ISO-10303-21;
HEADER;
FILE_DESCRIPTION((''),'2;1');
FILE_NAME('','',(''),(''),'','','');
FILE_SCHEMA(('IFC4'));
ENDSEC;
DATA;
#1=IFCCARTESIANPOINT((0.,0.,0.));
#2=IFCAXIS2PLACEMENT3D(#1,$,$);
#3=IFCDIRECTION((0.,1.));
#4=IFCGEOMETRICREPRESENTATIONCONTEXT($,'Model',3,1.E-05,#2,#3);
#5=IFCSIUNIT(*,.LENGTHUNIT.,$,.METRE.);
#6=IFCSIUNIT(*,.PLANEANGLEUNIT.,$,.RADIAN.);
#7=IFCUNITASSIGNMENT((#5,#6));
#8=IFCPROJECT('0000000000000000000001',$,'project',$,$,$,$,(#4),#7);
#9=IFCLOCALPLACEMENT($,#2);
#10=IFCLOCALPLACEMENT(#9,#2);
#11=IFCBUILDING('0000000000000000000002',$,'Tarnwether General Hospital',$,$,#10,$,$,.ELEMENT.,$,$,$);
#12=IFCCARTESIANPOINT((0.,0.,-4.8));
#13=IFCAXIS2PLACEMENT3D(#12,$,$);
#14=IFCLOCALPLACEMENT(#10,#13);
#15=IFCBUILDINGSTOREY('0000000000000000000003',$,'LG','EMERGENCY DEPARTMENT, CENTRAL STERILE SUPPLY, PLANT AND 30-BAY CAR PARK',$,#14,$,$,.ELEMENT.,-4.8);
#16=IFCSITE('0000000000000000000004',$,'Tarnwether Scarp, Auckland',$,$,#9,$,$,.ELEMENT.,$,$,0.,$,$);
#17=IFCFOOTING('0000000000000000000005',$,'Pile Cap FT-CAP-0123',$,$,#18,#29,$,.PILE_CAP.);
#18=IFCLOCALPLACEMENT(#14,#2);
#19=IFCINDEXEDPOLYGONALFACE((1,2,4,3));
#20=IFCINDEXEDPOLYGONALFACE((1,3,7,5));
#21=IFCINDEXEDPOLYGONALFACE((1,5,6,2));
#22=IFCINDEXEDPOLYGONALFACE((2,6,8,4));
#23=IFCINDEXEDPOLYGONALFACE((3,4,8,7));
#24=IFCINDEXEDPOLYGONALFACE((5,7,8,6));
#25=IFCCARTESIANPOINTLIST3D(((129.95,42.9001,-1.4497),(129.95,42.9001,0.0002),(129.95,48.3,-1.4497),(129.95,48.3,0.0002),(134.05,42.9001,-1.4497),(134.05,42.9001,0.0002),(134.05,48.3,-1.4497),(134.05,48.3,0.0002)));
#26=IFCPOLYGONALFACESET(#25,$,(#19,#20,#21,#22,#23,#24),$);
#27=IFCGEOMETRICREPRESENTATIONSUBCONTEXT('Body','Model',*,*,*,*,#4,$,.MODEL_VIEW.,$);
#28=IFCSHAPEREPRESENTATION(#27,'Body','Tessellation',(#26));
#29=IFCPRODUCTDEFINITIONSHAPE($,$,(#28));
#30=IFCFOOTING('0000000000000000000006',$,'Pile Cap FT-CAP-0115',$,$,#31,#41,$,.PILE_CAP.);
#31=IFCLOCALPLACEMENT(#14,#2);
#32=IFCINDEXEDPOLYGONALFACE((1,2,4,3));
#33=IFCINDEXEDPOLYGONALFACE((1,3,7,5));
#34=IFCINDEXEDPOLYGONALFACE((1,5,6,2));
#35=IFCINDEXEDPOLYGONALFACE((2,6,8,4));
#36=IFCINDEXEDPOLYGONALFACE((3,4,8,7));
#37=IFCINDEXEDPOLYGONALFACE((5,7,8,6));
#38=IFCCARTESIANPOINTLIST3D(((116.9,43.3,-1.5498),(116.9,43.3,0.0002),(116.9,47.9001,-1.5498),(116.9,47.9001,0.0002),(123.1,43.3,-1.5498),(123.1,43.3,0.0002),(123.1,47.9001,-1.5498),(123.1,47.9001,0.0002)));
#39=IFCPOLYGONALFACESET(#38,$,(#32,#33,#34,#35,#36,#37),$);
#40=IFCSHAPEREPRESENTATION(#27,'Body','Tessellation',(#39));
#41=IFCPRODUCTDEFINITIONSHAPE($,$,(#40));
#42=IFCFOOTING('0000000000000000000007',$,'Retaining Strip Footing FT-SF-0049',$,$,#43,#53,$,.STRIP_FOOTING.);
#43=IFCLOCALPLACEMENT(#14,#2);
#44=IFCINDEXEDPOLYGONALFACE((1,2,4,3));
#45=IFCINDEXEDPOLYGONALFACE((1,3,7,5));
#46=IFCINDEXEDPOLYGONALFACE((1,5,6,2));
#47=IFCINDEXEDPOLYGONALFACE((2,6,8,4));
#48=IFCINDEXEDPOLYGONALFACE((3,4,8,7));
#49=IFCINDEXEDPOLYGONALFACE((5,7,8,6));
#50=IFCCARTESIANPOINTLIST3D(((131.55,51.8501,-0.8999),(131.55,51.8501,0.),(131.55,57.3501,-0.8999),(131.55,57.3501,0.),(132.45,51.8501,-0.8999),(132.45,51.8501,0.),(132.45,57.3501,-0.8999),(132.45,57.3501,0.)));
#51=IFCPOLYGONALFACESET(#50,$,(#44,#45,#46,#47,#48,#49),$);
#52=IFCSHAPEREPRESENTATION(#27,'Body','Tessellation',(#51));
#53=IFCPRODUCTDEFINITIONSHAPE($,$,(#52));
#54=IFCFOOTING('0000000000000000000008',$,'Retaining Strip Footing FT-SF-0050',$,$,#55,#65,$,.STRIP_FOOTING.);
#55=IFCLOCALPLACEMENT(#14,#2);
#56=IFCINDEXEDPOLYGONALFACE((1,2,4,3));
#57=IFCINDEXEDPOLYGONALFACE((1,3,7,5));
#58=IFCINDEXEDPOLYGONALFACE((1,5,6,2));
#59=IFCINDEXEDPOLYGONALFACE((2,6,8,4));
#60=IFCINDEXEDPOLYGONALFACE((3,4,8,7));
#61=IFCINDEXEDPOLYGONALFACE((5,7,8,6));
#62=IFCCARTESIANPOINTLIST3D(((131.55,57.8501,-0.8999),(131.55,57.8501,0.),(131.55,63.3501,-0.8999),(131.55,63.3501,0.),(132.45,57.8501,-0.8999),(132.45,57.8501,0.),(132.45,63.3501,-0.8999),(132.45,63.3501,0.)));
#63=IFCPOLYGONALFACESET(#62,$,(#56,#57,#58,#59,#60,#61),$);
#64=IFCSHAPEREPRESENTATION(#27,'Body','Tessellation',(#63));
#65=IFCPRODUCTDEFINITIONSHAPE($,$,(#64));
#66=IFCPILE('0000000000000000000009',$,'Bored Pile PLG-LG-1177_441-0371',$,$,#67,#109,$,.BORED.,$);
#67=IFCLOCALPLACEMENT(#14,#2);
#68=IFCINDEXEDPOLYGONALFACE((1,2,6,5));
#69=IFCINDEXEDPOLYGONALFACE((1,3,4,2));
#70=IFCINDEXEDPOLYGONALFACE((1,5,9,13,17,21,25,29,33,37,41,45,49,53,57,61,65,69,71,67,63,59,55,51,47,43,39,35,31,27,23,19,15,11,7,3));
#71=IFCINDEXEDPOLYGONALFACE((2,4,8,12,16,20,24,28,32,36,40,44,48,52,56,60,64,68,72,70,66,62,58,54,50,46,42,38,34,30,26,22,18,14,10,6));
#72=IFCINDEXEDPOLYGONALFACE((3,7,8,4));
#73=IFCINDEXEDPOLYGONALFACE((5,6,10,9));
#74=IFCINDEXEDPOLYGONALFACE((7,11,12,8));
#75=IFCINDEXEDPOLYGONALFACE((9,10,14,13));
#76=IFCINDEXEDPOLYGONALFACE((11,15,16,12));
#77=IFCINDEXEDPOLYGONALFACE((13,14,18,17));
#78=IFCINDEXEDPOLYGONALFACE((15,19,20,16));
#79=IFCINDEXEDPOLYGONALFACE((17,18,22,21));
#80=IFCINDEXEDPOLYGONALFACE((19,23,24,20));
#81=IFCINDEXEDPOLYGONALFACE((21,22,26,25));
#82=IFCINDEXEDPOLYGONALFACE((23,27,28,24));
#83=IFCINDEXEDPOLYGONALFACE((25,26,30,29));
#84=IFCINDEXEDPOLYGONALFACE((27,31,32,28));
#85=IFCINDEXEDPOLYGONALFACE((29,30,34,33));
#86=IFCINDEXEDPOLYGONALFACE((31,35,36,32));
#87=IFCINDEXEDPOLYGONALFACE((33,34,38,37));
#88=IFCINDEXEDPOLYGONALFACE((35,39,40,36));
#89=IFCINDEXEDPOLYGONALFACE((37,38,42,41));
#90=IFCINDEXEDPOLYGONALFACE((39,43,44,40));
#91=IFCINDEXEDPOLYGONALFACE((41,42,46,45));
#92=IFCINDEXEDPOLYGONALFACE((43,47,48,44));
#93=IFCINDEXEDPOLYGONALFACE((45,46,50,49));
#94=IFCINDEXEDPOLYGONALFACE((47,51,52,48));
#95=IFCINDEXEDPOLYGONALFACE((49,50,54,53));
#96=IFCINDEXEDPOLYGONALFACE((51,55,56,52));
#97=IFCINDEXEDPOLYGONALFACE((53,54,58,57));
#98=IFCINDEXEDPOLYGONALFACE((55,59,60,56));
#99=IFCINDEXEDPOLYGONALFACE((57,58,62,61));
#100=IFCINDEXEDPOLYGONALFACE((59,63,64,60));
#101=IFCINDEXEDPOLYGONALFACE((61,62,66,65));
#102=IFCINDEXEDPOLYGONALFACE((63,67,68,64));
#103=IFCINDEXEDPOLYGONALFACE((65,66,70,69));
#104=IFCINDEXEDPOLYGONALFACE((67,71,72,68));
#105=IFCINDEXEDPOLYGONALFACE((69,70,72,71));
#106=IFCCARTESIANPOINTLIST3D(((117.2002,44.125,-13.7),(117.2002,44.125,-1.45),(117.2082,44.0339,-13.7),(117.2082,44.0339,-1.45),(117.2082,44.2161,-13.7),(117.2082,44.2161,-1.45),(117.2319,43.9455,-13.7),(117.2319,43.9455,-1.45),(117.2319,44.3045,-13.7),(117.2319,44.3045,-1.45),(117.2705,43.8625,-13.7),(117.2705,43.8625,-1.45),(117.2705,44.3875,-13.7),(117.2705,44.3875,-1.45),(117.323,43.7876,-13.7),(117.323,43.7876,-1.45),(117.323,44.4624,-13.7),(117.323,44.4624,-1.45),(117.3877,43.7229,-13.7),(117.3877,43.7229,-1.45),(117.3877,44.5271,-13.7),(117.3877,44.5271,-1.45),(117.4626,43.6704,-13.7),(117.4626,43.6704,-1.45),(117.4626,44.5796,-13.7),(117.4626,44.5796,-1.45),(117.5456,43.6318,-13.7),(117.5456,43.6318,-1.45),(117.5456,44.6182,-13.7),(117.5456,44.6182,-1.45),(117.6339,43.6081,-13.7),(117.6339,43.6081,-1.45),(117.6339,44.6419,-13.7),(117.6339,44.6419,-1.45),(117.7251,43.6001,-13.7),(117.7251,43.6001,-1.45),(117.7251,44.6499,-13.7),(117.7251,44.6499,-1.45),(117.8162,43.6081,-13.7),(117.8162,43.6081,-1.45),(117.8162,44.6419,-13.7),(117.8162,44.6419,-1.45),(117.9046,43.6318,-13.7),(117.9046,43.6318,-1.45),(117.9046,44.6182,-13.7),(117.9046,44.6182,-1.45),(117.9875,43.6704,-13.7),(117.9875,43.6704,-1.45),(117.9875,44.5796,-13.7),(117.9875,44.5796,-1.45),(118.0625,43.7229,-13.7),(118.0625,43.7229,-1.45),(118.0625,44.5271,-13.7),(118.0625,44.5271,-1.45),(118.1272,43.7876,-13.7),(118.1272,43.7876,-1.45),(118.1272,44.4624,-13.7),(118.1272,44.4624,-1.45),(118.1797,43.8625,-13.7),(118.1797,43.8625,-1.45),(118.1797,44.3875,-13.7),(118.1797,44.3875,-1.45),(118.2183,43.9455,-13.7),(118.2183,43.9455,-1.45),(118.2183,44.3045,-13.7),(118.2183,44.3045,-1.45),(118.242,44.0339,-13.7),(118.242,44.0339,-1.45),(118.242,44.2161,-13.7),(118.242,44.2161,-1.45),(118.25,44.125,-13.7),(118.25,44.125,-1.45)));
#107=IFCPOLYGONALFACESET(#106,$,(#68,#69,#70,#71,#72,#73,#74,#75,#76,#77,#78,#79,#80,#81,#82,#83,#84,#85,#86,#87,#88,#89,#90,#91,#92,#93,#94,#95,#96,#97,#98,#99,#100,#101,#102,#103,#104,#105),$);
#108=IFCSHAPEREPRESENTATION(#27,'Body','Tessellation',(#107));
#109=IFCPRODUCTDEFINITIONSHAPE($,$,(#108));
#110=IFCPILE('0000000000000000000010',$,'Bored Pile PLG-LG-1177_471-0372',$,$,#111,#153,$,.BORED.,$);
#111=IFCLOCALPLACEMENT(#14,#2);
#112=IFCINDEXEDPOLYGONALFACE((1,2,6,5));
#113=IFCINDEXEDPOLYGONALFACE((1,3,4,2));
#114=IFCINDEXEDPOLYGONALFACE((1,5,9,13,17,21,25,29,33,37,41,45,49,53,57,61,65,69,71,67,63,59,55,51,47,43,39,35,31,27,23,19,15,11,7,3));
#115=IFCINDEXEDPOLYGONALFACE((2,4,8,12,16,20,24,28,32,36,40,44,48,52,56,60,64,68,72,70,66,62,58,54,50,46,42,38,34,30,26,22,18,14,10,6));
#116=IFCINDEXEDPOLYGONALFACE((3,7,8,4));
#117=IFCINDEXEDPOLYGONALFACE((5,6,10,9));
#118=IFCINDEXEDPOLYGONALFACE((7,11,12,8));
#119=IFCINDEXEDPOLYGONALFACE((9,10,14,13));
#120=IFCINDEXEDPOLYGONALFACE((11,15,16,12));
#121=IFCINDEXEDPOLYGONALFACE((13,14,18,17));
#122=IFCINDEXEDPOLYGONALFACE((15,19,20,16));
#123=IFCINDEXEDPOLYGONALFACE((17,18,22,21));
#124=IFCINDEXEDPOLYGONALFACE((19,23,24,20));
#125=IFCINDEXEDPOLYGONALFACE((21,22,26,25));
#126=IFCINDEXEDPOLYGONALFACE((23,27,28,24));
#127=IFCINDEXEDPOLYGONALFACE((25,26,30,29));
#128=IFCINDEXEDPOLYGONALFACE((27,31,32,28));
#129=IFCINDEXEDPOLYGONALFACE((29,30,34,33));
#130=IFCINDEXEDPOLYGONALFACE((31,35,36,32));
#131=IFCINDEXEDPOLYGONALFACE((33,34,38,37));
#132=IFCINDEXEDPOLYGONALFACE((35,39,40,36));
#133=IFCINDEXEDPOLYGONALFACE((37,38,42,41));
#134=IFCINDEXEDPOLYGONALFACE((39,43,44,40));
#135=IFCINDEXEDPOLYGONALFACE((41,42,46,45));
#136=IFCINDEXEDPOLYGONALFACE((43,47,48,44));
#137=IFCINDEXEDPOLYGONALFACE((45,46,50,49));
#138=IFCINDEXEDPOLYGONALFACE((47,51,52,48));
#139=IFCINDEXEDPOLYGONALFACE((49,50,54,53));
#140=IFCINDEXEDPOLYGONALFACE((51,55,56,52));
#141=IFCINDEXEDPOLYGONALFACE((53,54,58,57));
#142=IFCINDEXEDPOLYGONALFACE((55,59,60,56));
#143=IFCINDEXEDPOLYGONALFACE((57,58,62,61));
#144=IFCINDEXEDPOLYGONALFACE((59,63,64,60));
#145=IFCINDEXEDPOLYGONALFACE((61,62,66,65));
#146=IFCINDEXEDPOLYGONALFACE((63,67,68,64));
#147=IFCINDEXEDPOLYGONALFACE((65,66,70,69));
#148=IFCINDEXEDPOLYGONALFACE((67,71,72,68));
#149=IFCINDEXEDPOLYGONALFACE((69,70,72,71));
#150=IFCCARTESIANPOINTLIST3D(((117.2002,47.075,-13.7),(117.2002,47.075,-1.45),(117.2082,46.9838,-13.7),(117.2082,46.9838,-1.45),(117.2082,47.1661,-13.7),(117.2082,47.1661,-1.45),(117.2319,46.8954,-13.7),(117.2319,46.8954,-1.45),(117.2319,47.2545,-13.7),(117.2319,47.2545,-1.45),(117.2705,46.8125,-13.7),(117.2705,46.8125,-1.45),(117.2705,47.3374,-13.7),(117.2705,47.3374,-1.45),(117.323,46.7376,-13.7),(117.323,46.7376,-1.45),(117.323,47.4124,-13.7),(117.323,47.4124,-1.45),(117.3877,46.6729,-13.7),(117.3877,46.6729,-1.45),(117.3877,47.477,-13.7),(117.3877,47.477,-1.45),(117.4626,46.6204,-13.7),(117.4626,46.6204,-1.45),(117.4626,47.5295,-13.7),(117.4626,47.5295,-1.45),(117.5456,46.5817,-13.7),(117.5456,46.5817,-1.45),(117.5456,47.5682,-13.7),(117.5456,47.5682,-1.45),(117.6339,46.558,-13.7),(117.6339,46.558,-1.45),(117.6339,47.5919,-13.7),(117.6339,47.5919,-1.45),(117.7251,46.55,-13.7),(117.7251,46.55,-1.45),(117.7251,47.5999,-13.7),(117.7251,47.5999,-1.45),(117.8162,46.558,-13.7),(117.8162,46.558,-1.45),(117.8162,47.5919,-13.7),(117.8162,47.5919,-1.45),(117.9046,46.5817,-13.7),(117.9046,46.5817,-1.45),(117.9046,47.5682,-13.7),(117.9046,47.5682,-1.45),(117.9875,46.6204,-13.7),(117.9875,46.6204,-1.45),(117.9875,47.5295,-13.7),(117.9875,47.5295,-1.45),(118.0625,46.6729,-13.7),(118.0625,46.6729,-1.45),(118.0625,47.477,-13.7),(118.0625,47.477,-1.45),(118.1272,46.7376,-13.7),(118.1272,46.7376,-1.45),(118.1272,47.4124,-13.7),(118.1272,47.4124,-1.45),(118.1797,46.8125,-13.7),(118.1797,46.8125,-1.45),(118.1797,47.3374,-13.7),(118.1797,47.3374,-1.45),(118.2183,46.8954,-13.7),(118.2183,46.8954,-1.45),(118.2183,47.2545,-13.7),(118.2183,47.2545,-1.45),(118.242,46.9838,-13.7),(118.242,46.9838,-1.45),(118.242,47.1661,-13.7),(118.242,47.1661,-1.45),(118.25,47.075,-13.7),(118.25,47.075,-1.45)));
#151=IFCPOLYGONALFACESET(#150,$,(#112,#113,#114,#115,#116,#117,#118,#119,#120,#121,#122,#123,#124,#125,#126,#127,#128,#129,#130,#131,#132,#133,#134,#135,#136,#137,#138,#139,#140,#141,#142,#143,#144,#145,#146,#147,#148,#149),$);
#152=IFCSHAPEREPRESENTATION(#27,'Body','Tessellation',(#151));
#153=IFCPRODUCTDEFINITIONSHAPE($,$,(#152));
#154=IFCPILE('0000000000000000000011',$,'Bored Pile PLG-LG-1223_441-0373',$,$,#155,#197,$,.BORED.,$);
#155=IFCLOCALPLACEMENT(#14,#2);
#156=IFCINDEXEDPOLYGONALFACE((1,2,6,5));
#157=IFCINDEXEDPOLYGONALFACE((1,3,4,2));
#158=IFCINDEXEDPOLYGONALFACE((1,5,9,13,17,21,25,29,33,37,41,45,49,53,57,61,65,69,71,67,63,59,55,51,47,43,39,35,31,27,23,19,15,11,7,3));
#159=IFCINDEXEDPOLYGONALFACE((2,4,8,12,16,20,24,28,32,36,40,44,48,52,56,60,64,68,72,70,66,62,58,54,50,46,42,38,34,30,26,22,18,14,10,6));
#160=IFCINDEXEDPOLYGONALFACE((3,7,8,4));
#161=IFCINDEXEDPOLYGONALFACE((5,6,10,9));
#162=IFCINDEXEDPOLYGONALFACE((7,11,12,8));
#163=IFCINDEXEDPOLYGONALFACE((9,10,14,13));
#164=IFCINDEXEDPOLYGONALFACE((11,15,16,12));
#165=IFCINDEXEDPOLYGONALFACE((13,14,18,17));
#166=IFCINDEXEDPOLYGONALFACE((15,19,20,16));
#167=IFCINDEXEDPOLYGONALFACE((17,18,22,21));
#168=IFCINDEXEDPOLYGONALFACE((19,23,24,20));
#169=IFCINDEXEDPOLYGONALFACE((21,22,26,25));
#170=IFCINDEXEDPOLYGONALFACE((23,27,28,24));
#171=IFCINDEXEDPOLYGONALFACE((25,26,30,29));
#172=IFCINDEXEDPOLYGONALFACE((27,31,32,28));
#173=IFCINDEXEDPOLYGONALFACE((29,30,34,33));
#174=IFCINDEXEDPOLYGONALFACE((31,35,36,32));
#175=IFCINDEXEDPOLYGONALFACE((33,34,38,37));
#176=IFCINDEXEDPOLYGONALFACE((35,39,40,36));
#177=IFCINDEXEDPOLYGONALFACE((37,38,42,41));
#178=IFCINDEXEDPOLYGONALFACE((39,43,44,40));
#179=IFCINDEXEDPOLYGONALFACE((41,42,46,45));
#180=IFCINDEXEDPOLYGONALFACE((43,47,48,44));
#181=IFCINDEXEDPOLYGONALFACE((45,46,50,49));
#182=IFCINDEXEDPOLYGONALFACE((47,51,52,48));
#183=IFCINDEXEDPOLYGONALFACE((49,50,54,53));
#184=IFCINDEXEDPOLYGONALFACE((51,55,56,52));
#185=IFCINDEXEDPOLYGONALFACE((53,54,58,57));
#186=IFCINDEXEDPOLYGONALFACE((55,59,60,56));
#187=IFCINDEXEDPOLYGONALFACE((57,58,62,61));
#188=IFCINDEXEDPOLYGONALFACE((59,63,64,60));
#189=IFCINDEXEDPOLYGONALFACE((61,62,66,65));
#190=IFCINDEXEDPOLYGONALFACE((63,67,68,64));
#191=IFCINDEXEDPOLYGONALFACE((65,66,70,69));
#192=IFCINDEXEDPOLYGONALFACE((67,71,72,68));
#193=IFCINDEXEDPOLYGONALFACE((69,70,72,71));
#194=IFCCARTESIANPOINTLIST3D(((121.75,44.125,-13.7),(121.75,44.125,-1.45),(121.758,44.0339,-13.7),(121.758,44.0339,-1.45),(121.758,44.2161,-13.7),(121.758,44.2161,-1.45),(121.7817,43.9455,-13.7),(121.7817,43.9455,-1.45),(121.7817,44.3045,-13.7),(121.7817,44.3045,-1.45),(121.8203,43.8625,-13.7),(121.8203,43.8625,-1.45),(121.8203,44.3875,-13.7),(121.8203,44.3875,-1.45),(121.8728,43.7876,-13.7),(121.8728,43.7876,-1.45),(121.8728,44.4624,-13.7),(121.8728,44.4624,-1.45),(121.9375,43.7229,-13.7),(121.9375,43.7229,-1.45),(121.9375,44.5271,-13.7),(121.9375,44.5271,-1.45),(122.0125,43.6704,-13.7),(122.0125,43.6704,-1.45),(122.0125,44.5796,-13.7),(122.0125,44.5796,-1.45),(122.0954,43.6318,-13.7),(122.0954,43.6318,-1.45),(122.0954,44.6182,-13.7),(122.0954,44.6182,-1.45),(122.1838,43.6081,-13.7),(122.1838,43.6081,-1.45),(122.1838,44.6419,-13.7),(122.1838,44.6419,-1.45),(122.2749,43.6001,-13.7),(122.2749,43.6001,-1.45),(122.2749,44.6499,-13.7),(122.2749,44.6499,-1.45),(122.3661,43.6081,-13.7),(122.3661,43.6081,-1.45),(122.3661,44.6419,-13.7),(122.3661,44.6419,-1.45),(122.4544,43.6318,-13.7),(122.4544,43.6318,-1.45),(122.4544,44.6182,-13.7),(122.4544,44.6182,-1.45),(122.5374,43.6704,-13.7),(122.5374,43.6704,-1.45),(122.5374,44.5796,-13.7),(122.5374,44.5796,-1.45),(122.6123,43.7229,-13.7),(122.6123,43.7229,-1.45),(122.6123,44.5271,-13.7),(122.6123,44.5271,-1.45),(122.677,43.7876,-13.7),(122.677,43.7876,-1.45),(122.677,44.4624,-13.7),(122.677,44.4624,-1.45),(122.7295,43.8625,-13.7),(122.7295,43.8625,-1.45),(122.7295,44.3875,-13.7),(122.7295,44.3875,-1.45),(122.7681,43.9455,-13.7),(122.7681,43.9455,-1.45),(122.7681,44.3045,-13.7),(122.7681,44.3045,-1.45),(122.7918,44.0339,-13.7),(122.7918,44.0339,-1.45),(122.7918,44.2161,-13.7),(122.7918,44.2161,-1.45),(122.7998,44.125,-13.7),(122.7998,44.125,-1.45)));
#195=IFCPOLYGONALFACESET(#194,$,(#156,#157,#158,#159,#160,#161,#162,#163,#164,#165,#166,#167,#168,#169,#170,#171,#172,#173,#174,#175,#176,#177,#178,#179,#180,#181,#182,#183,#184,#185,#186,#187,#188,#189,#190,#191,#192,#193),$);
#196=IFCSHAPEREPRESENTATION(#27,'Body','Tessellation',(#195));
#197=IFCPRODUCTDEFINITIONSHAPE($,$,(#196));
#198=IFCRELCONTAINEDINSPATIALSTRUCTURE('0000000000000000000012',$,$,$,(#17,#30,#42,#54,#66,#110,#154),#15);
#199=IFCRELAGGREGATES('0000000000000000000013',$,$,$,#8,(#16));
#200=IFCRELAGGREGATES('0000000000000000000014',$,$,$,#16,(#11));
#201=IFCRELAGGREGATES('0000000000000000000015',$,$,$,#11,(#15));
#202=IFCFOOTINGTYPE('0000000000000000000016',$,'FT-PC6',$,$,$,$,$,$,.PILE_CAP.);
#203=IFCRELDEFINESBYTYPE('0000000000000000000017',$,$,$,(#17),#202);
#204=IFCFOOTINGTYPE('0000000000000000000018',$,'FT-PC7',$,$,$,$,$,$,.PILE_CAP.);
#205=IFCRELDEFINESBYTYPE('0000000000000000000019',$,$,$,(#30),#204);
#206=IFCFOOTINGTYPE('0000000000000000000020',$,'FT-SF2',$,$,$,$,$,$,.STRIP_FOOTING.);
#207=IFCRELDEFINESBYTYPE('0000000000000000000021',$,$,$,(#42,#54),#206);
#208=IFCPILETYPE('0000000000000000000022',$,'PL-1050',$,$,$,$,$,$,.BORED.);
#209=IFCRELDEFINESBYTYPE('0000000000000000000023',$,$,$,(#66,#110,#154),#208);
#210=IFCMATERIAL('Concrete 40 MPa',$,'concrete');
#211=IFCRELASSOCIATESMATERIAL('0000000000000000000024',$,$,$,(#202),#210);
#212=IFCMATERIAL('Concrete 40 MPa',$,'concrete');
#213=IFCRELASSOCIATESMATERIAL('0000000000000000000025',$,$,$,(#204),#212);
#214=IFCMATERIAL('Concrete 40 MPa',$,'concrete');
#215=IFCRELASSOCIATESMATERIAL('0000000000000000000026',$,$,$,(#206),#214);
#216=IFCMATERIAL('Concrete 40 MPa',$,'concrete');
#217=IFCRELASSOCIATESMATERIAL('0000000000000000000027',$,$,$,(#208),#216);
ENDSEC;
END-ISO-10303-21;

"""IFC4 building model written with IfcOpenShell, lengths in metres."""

from ifc_helpers import new_model, si_unit, direction, frame, origin, origin_2d, place, context, subcontext, project, spatial, rectangle, circle, extrude, material, material_profile, profile_set, type_object, element, save


model = new_model("IFC4")

# Units and contexts
model_context = context("Model", 3, precision=1e-05, world=origin(), true_north=direction((0.0, 1.0)))
body_context = subcontext(model_context, "Body", "Model", "MODEL_VIEW")
ifc_project = project(units=[si_unit("LENGTHUNIT", "METRE"), si_unit("PLANEANGLEUNIT", "RADIAN")], contexts=[model_context])

# Site, building, storey
site_placement = place(None, origin())
site = spatial("IfcSite", under=ifc_project, at=site_placement, Name="Tarnwether Scarp, Auckland", CompositionType="ELEMENT", RefElevation=0.0)
building_placement = place(site_placement, origin())
building = spatial("IfcBuilding", under=site, at=building_placement, Name="Tarnwether General Hospital", CompositionType="ELEMENT")
storey_placement = place(building_placement, frame((0.0, 0.0, -4.8)))
storey = spatial("IfcBuildingStorey", under=building, at=storey_placement, Name="LG", Description="EMERGENCY DEPARTMENT, CENTRAL STERILE SUPPLY, PLANT AND 30-BAY CAR PARK", CompositionType="ELEMENT", Elevation=-4.8)

# Footings
ifc_material_1 = material(Name="Concrete 40 MPa", Category="concrete")
footing_type_1 = type_object("IfcFootingType", Name="FT-PC6", PredefinedType="PILE_CAP", material=ifc_material_1)
footing_1_placement = place(storey_placement, frame((132.0, 45.6001, -1.4497), z_axis=(0.0, 0.0, 1.0), x_axis=(0.0, 1.0, 0.0)))
element("IfcFooting", 1, at=footing_1_placement, inside=storey, type_object=footing_type_1, Name="Pile Cap FT-CAP-0123", PredefinedType="PILE_CAP", context=body_context, shape_type="SweptSolid", body=[
    extrude(rectangle(XDim=5.3999, YDim=4.1001, at=origin_2d()), origin(), (0.0, 0.0, 1.0), 1.45),
])
ifc_material_2 = material(Name="Concrete 40 MPa", Category="concrete")
footing_type_2 = type_object("IfcFootingType", Name="FT-PC7", PredefinedType="PILE_CAP", material=ifc_material_2)
footing_2_placement = place(storey_placement, frame((120.0, 45.6001, -1.5498), z_axis=(0.0, 0.0, 1.0), x_axis=(1.0, 0.0, 0.0)))
element("IfcFooting", 2, at=footing_2_placement, inside=storey, type_object=footing_type_2, Name="Pile Cap FT-CAP-0115", PredefinedType="PILE_CAP", context=body_context, shape_type="SweptSolid", body=[
    extrude(rectangle(XDim=6.2, YDim=4.6001, at=origin_2d()), origin(), (0.0, 0.0, 1.0), 1.55),
])
ifc_material_3 = material(Name="Concrete 40 MPa", Category="concrete")
footing_type_3 = type_object("IfcFootingType", Name="FT-SF2", PredefinedType="STRIP_FOOTING", material=ifc_material_3)
for number, where, z_axis, x_axis, name in (
    (3, (132.0, 54.6001, -0.8999), (0.0, 0.0, 1.0), (0.0, 1.0, 0.0), "Retaining Strip Footing FT-SF-0049"),
    (4, (132.0, 60.6001, -0.8999), (0.0, 0.0, 1.0), (0.0, 1.0, 0.0), "Retaining Strip Footing FT-SF-0050"),
):
    element("IfcFooting", number, at=place(storey_placement, frame(where, z_axis=z_axis, x_axis=x_axis)), inside=storey, type_object=footing_type_3, Name=name, PredefinedType="STRIP_FOOTING", context=body_context, shape_type="SweptSolid", body=[
        extrude(rectangle(XDim=5.5, YDim=0.8999, at=origin_2d()), origin(), (0.0, 0.0, 1.0), 0.8999),
    ])

# Piles
ifc_material_4 = material(Name="Concrete 40 MPa", Category="concrete")
ifc_material_profile_1 = material_profile(ifc_material_4, circle(Radius=0.5249, at=origin_2d()), Name="PILE-D1050")
ifc_profile_set_1 = profile_set([ifc_material_profile_1], Name="Concrete 40 MPa")
pile_type_1 = type_object("IfcPileType", Name="PL-1050", PredefinedType="BORED", material=ifc_profile_set_1)
for number, where, z_axis, x_axis, name in (
    (5, (117.7251, 44.125, -1.45), (0.0, 0.0, -1.0), (1.0, 0.0, 0.0), "Bored Pile PLG-LG-1177_441-0371"),
    (6, (117.7251, 47.075, -1.45), (0.0, 0.0, -1.0), (1.0, 0.0, 0.0), "Bored Pile PLG-LG-1177_471-0372"),
    (7, (122.2749, 44.125, -1.45), (0.0, 0.0, -1.0), (1.0, 0.0, 0.0), "Bored Pile PLG-LG-1223_441-0373"),
):
    element("IfcPile", number, at=place(storey_placement, frame(where, z_axis=z_axis, x_axis=x_axis)), inside=storey, type_object=pile_type_1, Name=name, PredefinedType="BORED", context=body_context, shape_type="SweptSolid", body=[
        extrude(circle(Radius=0.5249, at=origin_2d()), origin(), (0.0, 0.0, 1.0), 12.25),
    ])

save(model, "model.ifc")
